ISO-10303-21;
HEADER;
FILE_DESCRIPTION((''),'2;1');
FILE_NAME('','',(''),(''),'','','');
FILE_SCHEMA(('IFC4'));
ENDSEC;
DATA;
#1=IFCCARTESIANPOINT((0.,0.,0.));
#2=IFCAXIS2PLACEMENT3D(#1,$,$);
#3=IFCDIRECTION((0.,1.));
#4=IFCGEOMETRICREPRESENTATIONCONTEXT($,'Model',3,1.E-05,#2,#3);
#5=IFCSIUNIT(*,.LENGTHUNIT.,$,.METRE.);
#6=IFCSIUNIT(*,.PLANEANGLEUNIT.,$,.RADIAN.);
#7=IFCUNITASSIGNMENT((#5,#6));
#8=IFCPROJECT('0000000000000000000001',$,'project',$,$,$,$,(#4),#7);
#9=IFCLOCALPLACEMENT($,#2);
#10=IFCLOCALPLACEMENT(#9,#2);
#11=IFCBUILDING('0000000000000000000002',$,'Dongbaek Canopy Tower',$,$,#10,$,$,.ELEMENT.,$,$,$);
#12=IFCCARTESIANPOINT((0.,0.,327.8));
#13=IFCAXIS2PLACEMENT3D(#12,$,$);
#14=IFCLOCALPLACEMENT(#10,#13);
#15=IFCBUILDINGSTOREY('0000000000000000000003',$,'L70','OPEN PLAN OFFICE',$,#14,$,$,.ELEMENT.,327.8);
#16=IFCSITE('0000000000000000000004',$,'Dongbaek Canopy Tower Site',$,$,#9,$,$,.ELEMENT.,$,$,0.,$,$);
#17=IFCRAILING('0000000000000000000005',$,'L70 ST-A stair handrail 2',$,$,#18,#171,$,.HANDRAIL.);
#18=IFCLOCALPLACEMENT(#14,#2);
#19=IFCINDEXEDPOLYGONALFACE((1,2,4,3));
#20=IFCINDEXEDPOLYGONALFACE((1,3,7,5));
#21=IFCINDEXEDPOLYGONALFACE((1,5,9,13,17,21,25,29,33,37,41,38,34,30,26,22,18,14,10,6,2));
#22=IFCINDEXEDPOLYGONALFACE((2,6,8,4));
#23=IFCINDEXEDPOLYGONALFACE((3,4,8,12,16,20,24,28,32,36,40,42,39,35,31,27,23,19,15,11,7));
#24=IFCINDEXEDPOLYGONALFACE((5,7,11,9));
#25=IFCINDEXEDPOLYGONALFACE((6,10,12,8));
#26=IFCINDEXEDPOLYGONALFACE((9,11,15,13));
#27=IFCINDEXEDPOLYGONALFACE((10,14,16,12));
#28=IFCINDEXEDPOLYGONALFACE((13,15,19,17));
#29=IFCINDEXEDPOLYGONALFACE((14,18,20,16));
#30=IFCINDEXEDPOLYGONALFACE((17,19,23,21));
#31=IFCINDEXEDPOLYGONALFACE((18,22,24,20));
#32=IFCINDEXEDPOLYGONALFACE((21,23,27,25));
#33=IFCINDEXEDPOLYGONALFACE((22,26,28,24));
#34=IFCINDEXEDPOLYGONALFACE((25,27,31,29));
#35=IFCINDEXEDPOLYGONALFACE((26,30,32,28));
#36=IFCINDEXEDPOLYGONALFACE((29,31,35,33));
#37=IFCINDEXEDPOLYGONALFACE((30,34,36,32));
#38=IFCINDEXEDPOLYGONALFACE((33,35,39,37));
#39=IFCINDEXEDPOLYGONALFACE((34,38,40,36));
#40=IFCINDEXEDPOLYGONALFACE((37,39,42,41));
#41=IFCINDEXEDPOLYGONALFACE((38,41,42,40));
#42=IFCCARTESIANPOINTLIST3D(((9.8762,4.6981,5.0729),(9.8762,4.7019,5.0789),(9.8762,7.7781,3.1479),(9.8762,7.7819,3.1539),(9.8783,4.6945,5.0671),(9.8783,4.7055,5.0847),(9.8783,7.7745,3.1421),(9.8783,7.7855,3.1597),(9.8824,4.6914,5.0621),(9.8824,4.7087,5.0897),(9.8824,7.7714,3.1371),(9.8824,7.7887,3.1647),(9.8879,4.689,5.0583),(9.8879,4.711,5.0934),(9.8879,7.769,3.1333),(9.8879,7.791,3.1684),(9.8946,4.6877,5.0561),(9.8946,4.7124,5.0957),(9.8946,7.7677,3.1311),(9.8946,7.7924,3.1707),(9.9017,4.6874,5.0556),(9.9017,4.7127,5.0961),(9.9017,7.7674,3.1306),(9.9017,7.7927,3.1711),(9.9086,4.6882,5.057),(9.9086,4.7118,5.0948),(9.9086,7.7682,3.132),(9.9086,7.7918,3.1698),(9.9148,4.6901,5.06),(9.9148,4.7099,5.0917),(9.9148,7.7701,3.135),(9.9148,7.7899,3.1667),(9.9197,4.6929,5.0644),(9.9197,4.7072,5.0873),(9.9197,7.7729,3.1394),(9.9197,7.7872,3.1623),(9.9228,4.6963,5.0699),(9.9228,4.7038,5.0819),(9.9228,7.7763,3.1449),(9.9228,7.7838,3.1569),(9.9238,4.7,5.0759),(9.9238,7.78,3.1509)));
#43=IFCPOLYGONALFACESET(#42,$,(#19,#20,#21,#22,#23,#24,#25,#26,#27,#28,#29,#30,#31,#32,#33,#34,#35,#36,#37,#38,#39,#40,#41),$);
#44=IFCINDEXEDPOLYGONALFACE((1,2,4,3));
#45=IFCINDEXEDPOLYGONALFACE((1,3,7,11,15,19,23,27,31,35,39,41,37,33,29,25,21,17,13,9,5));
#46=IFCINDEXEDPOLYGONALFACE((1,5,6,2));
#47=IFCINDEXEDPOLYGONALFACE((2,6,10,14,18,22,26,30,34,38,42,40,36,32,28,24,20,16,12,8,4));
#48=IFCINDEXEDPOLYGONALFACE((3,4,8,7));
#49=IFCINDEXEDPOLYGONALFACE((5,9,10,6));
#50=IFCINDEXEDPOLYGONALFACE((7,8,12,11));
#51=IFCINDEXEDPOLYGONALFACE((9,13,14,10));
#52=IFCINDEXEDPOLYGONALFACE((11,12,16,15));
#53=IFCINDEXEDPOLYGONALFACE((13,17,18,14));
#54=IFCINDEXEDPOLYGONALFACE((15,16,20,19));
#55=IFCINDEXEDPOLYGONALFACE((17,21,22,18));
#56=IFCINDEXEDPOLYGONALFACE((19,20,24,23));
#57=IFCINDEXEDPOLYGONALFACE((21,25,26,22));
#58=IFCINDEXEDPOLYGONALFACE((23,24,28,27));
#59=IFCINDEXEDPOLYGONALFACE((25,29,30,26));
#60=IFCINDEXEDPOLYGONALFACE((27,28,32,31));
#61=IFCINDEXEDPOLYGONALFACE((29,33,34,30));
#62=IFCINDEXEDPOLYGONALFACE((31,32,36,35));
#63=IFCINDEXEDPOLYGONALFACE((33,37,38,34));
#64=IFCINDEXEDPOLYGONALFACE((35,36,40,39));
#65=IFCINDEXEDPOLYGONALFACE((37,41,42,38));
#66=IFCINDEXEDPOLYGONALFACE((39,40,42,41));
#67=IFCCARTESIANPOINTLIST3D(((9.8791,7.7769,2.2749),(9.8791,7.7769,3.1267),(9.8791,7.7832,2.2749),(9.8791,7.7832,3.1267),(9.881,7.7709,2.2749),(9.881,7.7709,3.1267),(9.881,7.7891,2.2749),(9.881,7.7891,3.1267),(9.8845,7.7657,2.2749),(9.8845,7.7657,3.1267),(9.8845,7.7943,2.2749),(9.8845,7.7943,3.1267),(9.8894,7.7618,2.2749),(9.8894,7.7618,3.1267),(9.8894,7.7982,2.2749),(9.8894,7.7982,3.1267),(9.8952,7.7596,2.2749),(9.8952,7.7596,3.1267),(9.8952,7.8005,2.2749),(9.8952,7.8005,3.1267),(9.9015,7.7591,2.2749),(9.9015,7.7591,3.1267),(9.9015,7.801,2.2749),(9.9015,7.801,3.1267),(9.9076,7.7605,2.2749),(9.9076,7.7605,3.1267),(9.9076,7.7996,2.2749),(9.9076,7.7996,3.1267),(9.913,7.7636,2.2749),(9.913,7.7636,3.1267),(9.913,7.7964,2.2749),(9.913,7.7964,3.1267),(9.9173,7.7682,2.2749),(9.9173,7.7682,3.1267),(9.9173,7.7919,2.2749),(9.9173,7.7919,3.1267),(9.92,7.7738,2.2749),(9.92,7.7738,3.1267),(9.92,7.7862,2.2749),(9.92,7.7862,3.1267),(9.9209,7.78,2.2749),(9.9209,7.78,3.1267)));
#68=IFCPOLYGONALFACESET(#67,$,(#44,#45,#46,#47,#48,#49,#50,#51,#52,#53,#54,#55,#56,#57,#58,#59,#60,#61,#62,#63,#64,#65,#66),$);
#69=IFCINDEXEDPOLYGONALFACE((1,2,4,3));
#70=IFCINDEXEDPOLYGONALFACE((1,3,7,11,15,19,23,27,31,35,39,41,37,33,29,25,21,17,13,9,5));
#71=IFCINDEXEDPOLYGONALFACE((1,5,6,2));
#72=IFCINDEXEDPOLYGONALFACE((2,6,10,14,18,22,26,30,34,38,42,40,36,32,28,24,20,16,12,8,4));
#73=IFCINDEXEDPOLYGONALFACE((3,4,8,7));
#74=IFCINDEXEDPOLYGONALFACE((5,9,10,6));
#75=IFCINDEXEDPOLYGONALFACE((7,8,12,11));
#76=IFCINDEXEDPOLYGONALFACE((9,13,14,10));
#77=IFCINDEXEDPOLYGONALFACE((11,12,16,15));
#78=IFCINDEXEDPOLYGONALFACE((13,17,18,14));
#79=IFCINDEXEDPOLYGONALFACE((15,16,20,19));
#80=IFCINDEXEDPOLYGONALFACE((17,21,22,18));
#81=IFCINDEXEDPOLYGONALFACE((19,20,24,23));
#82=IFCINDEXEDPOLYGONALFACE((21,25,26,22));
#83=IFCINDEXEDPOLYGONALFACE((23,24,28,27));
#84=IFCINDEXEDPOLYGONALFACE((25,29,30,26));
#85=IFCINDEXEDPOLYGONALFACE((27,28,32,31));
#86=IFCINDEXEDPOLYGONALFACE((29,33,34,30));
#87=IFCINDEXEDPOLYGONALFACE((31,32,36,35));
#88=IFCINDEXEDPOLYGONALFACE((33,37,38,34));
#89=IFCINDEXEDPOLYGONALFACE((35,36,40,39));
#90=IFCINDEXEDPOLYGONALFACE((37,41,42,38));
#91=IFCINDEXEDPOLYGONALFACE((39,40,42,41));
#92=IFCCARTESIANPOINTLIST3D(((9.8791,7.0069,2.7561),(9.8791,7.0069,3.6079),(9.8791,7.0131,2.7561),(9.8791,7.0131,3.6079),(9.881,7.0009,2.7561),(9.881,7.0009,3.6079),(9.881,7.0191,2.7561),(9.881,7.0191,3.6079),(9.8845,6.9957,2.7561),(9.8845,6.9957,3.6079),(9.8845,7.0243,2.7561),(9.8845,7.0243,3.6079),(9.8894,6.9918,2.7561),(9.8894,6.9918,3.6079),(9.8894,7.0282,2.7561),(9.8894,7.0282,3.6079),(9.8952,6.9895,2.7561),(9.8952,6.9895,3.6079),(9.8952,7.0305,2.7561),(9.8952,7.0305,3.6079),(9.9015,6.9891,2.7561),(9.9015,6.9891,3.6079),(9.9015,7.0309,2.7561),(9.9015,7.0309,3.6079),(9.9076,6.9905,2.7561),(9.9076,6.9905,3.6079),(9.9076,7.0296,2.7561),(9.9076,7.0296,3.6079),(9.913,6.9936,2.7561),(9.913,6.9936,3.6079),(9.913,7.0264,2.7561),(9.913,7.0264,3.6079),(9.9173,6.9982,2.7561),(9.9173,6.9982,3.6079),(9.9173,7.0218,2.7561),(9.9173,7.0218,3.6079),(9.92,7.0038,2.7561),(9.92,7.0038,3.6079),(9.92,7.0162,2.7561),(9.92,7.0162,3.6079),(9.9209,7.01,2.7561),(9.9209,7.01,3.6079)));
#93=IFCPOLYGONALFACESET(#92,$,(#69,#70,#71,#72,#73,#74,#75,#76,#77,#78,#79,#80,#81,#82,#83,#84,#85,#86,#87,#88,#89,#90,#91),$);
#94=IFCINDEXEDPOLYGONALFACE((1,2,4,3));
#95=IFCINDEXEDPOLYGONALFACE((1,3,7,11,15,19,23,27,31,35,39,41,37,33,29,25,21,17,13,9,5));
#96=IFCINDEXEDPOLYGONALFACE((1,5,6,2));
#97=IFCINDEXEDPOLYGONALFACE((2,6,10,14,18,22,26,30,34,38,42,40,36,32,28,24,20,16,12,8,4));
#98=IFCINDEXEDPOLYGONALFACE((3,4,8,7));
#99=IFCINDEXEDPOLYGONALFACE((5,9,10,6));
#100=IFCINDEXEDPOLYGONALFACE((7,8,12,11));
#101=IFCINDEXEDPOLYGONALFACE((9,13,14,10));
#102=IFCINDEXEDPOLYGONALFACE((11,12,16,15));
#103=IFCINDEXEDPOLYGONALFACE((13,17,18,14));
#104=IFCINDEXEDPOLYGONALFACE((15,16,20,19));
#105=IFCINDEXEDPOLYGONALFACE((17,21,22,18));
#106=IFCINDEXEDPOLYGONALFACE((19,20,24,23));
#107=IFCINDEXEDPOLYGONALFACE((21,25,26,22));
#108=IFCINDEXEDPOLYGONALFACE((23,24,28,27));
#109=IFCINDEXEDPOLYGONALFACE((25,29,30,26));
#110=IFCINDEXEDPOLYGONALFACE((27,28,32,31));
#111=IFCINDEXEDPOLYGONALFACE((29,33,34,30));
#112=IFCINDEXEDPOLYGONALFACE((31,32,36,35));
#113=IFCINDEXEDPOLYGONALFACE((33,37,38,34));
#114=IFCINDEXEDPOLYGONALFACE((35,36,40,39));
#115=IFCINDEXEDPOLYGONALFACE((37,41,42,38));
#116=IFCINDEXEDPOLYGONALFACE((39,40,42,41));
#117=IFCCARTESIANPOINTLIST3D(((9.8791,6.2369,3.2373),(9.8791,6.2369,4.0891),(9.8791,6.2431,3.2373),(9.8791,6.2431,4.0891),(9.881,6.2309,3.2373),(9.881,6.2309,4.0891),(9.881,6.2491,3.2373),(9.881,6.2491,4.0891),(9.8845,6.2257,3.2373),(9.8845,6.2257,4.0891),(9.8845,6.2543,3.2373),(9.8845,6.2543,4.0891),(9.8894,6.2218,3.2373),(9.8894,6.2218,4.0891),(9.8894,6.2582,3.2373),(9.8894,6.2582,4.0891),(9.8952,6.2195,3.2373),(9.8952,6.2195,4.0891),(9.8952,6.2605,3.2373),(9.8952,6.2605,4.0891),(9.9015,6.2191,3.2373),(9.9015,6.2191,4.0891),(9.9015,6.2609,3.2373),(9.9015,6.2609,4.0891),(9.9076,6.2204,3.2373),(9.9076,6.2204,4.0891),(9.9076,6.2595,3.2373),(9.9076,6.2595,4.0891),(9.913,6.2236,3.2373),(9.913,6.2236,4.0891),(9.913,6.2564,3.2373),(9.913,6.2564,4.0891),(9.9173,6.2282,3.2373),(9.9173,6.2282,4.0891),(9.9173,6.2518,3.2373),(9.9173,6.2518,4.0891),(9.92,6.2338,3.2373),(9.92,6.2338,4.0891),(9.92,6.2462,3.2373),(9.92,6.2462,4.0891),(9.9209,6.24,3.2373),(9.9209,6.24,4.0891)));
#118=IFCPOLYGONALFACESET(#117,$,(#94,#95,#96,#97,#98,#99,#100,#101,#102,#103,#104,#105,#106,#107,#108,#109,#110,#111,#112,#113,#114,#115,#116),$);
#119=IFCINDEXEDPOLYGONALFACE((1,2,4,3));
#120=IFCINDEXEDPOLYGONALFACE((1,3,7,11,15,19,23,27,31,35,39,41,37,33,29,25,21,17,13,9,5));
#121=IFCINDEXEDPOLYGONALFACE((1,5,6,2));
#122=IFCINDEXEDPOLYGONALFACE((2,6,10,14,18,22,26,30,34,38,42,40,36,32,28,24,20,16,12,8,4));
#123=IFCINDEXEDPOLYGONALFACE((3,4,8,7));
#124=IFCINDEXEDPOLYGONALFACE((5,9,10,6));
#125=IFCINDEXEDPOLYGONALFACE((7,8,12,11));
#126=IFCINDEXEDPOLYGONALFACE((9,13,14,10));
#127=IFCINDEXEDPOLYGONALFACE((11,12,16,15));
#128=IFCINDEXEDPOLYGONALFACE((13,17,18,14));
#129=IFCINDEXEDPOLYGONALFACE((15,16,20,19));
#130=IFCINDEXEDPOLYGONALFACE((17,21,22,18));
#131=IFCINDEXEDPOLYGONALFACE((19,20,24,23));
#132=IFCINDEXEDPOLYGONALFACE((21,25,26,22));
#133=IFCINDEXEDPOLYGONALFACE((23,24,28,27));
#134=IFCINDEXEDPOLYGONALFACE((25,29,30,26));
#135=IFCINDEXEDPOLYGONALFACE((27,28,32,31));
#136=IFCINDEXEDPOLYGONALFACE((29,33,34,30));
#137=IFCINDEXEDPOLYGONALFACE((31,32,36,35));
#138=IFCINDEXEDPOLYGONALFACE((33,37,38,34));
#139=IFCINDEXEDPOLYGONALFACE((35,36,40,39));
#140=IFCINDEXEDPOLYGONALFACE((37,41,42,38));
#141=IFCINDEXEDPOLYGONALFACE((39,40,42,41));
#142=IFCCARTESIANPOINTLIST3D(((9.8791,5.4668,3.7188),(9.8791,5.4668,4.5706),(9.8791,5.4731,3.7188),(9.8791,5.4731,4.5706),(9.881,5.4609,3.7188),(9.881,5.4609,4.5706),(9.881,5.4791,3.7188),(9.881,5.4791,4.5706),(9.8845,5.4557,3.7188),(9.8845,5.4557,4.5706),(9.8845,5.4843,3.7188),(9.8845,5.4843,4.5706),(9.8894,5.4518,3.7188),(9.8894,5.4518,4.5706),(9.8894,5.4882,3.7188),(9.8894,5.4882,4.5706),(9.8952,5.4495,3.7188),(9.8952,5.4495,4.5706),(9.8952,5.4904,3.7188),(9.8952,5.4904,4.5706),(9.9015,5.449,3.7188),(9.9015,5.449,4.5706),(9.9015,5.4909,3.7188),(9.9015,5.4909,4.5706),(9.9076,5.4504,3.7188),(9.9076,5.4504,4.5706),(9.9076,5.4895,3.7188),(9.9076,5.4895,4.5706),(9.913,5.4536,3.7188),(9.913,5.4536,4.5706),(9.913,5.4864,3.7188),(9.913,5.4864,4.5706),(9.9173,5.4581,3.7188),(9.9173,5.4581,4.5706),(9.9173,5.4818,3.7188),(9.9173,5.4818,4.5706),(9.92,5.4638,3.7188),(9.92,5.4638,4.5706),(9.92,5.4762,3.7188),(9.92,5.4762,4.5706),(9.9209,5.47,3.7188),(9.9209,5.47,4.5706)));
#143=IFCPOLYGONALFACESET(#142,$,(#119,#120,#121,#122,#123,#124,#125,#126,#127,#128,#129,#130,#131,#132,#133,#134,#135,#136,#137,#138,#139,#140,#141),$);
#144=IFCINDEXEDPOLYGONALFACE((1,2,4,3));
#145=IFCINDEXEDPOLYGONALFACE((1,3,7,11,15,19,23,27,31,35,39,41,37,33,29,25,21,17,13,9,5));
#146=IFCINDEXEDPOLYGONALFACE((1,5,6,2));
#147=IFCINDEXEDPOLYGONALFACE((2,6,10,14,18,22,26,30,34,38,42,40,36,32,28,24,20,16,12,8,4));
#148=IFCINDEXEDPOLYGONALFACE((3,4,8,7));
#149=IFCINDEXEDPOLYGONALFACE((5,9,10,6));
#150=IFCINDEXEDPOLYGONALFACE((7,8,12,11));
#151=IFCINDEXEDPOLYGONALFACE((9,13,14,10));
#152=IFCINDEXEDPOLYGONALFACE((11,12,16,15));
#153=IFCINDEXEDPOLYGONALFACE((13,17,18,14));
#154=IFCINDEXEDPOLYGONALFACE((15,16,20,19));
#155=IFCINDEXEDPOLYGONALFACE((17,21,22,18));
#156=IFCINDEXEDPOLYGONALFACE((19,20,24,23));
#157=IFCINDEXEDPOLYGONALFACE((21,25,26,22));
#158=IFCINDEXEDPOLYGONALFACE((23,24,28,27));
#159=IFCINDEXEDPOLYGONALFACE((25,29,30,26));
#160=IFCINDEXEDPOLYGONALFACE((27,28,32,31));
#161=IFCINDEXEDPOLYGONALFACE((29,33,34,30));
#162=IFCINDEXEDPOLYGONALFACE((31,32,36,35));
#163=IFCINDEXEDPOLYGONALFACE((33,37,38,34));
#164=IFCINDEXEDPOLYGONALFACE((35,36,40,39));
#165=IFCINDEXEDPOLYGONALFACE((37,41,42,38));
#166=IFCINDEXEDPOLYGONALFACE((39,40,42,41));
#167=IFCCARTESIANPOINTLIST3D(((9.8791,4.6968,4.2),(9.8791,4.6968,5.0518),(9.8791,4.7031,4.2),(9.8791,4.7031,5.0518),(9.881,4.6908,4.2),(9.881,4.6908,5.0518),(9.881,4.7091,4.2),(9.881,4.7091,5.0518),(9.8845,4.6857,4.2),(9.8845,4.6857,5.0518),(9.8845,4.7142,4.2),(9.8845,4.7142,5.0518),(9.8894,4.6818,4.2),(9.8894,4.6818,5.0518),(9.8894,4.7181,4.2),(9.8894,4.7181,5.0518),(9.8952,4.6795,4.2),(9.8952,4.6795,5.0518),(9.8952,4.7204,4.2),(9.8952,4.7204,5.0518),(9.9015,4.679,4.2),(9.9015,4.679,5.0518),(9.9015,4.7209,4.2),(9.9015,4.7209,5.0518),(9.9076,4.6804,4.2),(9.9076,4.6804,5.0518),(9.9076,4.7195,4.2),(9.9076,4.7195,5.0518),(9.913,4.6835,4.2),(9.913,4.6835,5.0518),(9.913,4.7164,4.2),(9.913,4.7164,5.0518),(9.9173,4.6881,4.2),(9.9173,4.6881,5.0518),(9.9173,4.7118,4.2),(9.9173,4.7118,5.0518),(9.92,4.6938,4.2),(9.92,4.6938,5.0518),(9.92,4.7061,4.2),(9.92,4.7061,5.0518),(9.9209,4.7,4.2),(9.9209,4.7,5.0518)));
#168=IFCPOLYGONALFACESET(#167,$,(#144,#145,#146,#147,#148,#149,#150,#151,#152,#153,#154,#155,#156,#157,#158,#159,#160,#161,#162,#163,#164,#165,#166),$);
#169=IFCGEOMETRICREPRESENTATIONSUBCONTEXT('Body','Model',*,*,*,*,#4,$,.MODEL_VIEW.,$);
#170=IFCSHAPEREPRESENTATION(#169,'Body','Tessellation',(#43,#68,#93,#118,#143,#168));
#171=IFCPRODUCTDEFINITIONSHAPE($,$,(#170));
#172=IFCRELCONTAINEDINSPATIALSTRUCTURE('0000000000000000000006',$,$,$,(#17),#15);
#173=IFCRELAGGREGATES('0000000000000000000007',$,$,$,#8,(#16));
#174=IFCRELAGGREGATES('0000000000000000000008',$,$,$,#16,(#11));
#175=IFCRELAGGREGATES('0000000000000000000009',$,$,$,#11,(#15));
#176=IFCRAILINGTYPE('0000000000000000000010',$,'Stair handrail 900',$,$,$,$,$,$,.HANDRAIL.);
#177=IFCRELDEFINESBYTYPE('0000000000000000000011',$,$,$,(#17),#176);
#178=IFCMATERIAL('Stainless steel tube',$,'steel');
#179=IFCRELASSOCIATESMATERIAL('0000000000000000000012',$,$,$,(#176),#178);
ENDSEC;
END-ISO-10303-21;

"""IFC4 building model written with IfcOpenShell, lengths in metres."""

from ifc_helpers import new_model, si_unit, direction, frame, origin, origin_2d, place, context, subcontext, project, spatial, circle, extrude, material, type_object, element, save


model = new_model("IFC4")

# Units and contexts
model_context = context("Model", 3, precision=1e-05, world=origin(), true_north=direction((0.0, 1.0)))
body_context = subcontext(model_context, "Body", "Model", "MODEL_VIEW")
ifc_project = project(units=[si_unit("LENGTHUNIT", "METRE"), si_unit("PLANEANGLEUNIT", "RADIAN")], contexts=[model_context])

# Site, building, storey
site_placement = place(None, origin())
site = spatial("IfcSite", under=ifc_project, at=site_placement, Name="Dongbaek Canopy Tower Site", CompositionType="ELEMENT", RefElevation=0.0)
building_placement = place(site_placement, origin())
building = spatial("IfcBuilding", under=site, at=building_placement, Name="Dongbaek Canopy Tower", CompositionType="ELEMENT")
storey_placement = place(building_placement, frame((0.0, 0.0, 327.8)))
storey = spatial("IfcBuildingStorey", under=building, at=storey_placement, Name="L70", Description="OPEN PLAN OFFICE", CompositionType="ELEMENT", Elevation=327.8)

# Railing
ifc_material_1 = material(Name="Stainless steel tube", Category="steel")
railing_type_1 = type_object("IfcRailingType", Name="Stair handrail 900", PredefinedType="HANDRAIL", material=ifc_material_1)
railing_1_placement = place(storey_placement, frame((9.8999, 7.78, 2.2749)))
element("IfcRailing", 1, at=railing_1_placement, inside=storey, type_object=railing_type_1, Name="L70 ST-A stair handrail 2", PredefinedType="HANDRAIL", context=body_context, shape_type="SweptSolid", body=[
    extrude(circle(Radius=0.0239, at=origin_2d()), frame((0.0, 0.0, 0.876), z_axis=(0.0, -0.847998, 0.529999), x_axis=(1.0, 0.0, 0.0)), (0.0, 0.0, 1.0), 3.6321),
    extrude(circle(Radius=0.021, at=origin_2d()), origin(), (0.0, 0.0, 1.0), 0.8518),
    extrude(circle(Radius=0.021, at=origin_2d()), frame((0.0, -0.77, 0.4812)), (0.0, 0.0, 1.0), 0.8518),
    extrude(circle(Radius=0.021, at=origin_2d()), frame((0.0, -1.54, 0.9624)), (0.0, 0.0, 1.0), 0.8518),
    extrude(circle(Radius=0.021, at=origin_2d()), frame((0.0, -2.3101, 1.4438)), (0.0, 0.0, 1.0), 0.8518),
    extrude(circle(Radius=0.021, at=origin_2d()), frame((0.0, -3.0801, 1.925)), (0.0, 0.0, 1.0), 0.8518),
])

save(model, "model.ifc")
